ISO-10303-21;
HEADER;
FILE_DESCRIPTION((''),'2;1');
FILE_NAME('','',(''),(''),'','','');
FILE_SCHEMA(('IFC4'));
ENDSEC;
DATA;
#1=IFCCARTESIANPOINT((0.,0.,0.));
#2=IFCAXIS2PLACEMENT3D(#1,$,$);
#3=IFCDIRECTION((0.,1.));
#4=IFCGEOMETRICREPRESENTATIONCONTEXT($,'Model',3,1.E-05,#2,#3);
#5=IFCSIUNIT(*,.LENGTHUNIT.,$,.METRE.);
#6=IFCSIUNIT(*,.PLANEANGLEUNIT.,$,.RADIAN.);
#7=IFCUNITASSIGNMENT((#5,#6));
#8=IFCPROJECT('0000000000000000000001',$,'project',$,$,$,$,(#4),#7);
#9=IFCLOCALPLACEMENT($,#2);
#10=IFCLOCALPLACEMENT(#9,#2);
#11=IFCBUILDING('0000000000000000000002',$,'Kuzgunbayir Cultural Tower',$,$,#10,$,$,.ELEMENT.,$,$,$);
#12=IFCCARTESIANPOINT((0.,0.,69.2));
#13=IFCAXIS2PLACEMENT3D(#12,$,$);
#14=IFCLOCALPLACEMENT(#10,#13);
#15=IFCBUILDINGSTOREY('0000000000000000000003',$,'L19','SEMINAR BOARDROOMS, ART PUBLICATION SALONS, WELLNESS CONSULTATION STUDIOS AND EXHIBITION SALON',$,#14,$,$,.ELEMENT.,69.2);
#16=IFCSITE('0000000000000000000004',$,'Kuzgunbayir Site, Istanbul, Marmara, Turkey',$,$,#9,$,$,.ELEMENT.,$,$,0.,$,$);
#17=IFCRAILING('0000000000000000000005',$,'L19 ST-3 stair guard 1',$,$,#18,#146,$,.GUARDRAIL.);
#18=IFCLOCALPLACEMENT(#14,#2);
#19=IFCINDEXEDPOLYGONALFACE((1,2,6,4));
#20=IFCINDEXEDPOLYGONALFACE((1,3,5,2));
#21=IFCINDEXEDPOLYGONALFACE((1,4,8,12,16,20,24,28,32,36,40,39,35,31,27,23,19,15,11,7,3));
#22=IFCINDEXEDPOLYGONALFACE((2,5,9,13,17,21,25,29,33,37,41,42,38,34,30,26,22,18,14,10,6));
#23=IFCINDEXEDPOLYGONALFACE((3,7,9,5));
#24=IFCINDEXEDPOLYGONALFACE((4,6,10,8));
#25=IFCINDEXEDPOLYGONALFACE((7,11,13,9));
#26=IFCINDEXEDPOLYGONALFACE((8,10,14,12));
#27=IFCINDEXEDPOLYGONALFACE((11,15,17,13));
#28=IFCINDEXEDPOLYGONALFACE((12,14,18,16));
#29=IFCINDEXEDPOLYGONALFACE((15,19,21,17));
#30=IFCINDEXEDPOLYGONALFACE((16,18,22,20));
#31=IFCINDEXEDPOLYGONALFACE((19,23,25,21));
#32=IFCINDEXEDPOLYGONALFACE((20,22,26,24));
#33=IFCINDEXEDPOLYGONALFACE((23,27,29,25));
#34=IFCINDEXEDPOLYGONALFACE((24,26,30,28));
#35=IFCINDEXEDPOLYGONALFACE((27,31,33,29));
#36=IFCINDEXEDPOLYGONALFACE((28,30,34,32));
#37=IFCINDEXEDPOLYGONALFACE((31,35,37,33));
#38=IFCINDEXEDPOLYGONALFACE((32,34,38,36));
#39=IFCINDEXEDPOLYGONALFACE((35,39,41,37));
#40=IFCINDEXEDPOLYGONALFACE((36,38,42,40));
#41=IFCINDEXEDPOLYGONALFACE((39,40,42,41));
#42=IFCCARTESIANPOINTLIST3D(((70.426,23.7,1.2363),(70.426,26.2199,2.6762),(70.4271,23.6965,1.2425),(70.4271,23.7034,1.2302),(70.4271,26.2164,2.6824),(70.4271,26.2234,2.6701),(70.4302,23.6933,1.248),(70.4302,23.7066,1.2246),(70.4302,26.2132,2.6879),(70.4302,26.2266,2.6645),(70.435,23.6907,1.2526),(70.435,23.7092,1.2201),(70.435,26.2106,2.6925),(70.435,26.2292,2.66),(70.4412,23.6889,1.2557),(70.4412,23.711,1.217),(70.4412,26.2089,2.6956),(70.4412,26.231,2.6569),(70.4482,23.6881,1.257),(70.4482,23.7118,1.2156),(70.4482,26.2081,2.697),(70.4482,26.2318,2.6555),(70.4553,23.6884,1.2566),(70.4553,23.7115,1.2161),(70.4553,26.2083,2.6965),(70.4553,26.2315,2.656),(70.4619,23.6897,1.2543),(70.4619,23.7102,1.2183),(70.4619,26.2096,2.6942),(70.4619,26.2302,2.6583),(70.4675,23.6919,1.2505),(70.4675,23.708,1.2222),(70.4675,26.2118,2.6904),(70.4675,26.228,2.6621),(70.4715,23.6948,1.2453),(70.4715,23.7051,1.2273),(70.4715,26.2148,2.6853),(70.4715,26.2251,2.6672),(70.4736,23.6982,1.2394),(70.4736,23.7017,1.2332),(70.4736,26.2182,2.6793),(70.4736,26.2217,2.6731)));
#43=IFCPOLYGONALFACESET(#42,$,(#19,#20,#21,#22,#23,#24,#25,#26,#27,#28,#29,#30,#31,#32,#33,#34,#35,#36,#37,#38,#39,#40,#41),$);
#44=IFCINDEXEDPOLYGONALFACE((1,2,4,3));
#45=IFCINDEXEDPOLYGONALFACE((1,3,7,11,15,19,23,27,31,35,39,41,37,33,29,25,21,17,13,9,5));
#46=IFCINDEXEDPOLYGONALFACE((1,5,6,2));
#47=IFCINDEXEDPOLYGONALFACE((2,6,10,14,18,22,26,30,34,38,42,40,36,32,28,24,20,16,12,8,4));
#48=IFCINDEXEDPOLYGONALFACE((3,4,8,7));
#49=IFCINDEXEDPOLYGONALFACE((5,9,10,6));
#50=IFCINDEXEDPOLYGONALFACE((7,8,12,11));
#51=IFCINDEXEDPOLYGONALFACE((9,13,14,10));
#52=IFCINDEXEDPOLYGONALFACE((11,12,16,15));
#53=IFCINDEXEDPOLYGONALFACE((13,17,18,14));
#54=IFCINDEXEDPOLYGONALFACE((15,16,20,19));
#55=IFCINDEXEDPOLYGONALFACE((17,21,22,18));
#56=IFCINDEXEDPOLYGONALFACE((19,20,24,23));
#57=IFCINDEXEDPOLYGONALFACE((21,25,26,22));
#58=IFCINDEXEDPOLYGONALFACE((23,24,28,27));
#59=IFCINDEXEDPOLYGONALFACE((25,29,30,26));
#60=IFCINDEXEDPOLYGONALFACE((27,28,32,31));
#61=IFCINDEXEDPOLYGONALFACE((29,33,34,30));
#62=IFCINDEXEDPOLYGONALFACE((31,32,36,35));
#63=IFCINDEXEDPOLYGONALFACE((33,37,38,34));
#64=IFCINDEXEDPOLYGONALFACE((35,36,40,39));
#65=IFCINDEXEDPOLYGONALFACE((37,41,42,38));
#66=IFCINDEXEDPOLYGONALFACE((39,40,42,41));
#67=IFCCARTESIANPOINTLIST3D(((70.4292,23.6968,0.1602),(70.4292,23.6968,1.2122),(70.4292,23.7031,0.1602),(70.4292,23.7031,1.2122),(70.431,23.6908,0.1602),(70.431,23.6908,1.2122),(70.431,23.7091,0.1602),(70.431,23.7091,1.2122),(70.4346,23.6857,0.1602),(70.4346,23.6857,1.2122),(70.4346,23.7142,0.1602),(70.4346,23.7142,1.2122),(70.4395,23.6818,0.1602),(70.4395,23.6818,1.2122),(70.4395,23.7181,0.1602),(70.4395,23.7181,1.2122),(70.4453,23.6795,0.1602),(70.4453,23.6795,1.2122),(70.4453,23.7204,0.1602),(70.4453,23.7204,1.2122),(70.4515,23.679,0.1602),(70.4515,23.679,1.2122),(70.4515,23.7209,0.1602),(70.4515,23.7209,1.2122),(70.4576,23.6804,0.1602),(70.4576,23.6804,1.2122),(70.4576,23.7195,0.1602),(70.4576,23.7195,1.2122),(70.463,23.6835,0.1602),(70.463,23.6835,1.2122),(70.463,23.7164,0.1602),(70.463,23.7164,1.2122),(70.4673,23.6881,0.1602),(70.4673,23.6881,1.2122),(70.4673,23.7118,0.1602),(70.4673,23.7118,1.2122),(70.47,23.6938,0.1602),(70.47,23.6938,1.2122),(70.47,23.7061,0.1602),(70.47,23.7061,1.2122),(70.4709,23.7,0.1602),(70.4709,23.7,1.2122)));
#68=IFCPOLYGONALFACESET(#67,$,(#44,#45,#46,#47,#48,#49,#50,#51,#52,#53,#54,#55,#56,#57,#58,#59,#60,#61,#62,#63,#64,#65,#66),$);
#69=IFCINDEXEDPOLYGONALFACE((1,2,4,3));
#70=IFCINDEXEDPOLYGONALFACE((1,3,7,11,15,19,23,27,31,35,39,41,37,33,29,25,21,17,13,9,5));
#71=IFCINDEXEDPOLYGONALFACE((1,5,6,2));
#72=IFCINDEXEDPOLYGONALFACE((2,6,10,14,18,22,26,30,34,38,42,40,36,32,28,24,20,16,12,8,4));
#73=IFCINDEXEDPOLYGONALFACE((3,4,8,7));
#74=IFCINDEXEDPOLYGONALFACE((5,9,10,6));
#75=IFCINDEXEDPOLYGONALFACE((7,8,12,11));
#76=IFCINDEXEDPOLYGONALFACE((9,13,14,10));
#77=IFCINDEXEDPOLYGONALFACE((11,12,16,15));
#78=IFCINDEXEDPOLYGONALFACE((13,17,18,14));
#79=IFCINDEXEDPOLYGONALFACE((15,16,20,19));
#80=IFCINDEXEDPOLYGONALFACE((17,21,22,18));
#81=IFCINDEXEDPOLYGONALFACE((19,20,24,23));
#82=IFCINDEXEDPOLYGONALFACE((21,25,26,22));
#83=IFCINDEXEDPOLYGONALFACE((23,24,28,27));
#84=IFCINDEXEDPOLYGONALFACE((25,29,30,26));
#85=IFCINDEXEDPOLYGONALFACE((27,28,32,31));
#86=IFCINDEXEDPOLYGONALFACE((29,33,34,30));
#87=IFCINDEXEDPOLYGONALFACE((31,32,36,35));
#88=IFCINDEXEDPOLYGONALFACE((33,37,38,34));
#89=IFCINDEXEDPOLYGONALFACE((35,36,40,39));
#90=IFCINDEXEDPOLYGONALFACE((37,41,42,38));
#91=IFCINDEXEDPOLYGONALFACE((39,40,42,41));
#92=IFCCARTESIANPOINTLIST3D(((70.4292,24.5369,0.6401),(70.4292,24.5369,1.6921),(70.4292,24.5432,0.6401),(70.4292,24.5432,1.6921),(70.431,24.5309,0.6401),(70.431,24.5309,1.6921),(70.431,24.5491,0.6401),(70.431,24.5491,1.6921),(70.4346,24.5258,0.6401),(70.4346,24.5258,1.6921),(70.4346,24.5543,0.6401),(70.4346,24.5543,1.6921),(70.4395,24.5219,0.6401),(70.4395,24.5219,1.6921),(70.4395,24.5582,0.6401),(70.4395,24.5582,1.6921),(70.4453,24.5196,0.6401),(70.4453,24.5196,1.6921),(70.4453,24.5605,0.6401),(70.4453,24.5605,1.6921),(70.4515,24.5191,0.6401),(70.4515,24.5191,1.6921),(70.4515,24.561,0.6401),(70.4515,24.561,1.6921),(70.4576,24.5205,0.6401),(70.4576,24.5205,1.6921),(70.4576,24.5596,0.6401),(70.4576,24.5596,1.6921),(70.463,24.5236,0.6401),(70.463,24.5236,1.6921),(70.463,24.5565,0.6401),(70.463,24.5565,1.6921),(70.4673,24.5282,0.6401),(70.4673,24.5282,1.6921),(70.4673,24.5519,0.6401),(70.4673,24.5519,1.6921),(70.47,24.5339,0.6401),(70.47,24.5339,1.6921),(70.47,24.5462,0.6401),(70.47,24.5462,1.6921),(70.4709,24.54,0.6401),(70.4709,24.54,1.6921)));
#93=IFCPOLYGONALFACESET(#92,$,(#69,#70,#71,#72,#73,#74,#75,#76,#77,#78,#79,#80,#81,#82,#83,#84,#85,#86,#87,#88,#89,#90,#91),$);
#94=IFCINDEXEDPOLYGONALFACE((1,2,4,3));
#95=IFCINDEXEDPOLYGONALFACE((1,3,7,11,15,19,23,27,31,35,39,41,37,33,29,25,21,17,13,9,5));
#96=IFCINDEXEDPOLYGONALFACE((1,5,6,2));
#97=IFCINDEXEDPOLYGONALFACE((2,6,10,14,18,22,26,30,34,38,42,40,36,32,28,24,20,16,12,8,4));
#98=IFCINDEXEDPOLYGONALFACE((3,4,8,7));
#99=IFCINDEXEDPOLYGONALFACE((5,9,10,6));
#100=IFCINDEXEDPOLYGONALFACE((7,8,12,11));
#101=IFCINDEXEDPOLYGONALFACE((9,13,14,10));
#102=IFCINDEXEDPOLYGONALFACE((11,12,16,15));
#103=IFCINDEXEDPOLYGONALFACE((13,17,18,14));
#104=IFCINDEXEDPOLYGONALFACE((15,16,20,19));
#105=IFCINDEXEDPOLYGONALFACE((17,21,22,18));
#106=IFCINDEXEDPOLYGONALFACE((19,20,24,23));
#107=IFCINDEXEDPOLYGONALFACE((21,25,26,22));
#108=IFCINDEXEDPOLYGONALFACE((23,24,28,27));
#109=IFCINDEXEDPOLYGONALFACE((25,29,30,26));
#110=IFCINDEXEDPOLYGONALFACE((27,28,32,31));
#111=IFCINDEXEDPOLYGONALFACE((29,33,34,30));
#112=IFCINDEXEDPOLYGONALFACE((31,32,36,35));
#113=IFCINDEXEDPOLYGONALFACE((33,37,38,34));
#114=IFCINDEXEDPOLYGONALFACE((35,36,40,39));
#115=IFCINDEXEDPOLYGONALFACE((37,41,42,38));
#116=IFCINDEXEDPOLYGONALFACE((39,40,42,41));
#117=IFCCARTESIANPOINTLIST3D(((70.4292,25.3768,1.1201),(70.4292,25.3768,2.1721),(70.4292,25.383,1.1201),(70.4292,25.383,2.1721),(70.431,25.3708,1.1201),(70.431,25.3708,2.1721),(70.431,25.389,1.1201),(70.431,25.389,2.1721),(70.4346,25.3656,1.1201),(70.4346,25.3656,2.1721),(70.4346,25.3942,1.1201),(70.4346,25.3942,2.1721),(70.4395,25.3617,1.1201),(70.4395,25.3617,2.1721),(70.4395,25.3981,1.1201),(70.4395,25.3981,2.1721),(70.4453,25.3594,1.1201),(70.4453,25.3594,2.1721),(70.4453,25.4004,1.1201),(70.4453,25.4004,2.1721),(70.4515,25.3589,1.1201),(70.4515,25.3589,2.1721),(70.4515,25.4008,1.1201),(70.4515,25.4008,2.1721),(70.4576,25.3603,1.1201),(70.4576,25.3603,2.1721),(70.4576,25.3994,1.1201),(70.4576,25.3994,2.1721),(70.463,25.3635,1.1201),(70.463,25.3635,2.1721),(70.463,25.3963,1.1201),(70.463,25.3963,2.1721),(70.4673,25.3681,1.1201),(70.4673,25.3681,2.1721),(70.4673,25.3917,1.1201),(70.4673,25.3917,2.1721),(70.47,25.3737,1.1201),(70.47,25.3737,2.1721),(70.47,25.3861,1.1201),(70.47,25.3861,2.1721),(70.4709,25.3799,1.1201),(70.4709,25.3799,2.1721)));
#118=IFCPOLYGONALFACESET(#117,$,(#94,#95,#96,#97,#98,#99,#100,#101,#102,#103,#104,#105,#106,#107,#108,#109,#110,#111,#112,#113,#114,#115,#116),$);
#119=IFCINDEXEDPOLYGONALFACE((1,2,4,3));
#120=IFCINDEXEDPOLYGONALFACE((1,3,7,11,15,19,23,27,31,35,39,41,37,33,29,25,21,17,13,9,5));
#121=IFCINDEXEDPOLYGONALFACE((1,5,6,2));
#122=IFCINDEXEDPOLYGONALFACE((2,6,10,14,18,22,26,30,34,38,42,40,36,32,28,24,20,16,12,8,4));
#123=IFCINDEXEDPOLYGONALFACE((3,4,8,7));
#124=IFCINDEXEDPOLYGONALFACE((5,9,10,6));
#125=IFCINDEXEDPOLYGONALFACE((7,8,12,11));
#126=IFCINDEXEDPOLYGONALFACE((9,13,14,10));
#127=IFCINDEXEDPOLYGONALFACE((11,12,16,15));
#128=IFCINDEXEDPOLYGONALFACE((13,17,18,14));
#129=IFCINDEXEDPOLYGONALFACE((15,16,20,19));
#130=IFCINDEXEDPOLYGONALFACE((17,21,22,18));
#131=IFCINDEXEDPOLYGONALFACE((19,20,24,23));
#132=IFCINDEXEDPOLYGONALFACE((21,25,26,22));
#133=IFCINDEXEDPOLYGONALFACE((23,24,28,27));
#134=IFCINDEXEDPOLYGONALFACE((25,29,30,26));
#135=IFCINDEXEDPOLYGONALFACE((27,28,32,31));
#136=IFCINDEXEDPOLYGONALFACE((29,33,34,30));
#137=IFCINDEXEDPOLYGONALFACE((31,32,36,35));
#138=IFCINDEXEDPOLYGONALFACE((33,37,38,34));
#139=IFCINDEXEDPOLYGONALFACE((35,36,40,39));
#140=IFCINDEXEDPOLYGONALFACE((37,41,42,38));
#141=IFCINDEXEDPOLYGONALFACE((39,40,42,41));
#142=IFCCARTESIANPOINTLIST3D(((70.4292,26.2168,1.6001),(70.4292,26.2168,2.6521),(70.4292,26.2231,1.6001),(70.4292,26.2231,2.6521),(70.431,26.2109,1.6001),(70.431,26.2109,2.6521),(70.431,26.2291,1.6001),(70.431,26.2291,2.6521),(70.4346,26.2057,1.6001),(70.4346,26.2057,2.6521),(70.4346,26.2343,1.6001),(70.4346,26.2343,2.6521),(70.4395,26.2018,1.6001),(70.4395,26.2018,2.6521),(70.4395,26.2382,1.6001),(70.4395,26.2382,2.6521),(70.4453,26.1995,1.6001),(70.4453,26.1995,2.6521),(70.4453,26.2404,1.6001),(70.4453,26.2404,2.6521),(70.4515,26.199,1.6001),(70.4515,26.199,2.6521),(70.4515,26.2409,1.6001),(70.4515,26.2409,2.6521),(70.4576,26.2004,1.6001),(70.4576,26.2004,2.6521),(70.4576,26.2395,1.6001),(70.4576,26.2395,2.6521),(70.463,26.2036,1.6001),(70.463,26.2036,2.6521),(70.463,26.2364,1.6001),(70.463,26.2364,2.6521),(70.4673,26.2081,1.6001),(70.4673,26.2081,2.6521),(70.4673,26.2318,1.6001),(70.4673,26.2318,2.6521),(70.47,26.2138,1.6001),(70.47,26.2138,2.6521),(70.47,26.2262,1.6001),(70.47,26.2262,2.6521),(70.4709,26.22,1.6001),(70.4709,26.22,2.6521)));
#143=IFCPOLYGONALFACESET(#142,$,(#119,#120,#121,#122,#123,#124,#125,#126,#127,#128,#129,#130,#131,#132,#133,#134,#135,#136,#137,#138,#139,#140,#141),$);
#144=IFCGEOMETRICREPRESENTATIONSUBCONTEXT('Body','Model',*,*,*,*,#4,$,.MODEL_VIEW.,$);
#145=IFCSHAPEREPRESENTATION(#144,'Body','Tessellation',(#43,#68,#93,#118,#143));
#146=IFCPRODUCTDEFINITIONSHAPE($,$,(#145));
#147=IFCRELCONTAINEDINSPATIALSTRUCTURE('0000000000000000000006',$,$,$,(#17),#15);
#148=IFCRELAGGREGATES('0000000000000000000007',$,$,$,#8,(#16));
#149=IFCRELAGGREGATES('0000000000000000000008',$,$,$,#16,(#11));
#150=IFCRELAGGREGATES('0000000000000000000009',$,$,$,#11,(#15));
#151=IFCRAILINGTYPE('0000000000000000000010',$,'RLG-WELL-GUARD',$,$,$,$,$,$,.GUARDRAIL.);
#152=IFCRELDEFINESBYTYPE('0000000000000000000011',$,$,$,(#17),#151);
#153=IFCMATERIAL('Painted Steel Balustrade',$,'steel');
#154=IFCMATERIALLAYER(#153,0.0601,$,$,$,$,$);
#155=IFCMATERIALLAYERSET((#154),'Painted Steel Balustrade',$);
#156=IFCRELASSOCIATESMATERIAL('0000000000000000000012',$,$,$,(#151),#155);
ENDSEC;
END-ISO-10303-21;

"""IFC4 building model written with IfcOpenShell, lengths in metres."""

from ifc_helpers import new_model, si_unit, direction, frame, origin, origin_2d, place, context, subcontext, project, spatial, circle, extrude, material, layer, layer_set, type_object, element, save


model = new_model("IFC4")

# Units and contexts
model_context = context("Model", 3, precision=1e-05, world=origin(), true_north=direction((0.0, 1.0)))
body_context = subcontext(model_context, "Body", "Model", "MODEL_VIEW")
ifc_project = project(units=[si_unit("LENGTHUNIT", "METRE"), si_unit("PLANEANGLEUNIT", "RADIAN")], contexts=[model_context])

# Site, building, storey
site_placement = place(None, origin())
site = spatial("IfcSite", under=ifc_project, at=site_placement, Name="Kuzgunbayir Site, Istanbul, Marmara, Turkey", CompositionType="ELEMENT", RefElevation=0.0)
building_placement = place(site_placement, origin())
building = spatial("IfcBuilding", under=site, at=building_placement, Name="Kuzgunbayir Cultural Tower", CompositionType="ELEMENT")
storey_placement = place(building_placement, frame((0.0, 0.0, 69.2)))
storey = spatial("IfcBuildingStorey", under=building, at=storey_placement, Name="L19", Description="SEMINAR BOARDROOMS, ART PUBLICATION SALONS, WELLNESS CONSULTATION STUDIOS AND EXHIBITION SALON", CompositionType="ELEMENT", Elevation=69.2)

# Railing
ifc_material_1 = material(Name="Painted Steel Balustrade", Category="steel")
ifc_layer_1 = layer(ifc_material_1, 0.0601)
ifc_layer_set_1 = layer_set([ifc_layer_1], Name="Painted Steel Balustrade")
railing_type_1 = type_object("IfcRailingType", Name="RLG-WELL-GUARD", PredefinedType="GUARDRAIL", material=ifc_layer_set_1)
railing_1_placement = place(storey_placement, frame((70.45, 23.7, 0.1602)))
element("IfcRailing", 1, at=railing_1_placement, inside=storey, type_object=railing_type_1, Name="L19 ST-3 stair guard 1", PredefinedType="GUARDRAIL", context=body_context, shape_type="SweptSolid", body=[
    extrude(circle(Radius=0.0239, at=origin_2d()), frame((0.0, 0.0, 1.0762), z_axis=(0.0, 0.868253, 0.496121), x_axis=(-1.0, 0.0, 0.0)), (0.0, 0.0, 1.0), 2.9023),
    extrude(circle(Radius=0.021, at=origin_2d()), origin(), (0.0, 0.0, 1.0), 1.052),
    extrude(circle(Radius=0.021, at=origin_2d()), frame((0.0, 0.8401, 0.48)), (0.0, 0.0, 1.0), 1.052),
    extrude(circle(Radius=0.021, at=origin_2d()), frame((0.0, 1.6799, 0.96)), (0.0, 0.0, 1.0), 1.052),
    extrude(circle(Radius=0.021, at=origin_2d()), frame((0.0, 2.52, 1.4399)), (0.0, 0.0, 1.0), 1.052),
])

save(model, "model.ifc")
